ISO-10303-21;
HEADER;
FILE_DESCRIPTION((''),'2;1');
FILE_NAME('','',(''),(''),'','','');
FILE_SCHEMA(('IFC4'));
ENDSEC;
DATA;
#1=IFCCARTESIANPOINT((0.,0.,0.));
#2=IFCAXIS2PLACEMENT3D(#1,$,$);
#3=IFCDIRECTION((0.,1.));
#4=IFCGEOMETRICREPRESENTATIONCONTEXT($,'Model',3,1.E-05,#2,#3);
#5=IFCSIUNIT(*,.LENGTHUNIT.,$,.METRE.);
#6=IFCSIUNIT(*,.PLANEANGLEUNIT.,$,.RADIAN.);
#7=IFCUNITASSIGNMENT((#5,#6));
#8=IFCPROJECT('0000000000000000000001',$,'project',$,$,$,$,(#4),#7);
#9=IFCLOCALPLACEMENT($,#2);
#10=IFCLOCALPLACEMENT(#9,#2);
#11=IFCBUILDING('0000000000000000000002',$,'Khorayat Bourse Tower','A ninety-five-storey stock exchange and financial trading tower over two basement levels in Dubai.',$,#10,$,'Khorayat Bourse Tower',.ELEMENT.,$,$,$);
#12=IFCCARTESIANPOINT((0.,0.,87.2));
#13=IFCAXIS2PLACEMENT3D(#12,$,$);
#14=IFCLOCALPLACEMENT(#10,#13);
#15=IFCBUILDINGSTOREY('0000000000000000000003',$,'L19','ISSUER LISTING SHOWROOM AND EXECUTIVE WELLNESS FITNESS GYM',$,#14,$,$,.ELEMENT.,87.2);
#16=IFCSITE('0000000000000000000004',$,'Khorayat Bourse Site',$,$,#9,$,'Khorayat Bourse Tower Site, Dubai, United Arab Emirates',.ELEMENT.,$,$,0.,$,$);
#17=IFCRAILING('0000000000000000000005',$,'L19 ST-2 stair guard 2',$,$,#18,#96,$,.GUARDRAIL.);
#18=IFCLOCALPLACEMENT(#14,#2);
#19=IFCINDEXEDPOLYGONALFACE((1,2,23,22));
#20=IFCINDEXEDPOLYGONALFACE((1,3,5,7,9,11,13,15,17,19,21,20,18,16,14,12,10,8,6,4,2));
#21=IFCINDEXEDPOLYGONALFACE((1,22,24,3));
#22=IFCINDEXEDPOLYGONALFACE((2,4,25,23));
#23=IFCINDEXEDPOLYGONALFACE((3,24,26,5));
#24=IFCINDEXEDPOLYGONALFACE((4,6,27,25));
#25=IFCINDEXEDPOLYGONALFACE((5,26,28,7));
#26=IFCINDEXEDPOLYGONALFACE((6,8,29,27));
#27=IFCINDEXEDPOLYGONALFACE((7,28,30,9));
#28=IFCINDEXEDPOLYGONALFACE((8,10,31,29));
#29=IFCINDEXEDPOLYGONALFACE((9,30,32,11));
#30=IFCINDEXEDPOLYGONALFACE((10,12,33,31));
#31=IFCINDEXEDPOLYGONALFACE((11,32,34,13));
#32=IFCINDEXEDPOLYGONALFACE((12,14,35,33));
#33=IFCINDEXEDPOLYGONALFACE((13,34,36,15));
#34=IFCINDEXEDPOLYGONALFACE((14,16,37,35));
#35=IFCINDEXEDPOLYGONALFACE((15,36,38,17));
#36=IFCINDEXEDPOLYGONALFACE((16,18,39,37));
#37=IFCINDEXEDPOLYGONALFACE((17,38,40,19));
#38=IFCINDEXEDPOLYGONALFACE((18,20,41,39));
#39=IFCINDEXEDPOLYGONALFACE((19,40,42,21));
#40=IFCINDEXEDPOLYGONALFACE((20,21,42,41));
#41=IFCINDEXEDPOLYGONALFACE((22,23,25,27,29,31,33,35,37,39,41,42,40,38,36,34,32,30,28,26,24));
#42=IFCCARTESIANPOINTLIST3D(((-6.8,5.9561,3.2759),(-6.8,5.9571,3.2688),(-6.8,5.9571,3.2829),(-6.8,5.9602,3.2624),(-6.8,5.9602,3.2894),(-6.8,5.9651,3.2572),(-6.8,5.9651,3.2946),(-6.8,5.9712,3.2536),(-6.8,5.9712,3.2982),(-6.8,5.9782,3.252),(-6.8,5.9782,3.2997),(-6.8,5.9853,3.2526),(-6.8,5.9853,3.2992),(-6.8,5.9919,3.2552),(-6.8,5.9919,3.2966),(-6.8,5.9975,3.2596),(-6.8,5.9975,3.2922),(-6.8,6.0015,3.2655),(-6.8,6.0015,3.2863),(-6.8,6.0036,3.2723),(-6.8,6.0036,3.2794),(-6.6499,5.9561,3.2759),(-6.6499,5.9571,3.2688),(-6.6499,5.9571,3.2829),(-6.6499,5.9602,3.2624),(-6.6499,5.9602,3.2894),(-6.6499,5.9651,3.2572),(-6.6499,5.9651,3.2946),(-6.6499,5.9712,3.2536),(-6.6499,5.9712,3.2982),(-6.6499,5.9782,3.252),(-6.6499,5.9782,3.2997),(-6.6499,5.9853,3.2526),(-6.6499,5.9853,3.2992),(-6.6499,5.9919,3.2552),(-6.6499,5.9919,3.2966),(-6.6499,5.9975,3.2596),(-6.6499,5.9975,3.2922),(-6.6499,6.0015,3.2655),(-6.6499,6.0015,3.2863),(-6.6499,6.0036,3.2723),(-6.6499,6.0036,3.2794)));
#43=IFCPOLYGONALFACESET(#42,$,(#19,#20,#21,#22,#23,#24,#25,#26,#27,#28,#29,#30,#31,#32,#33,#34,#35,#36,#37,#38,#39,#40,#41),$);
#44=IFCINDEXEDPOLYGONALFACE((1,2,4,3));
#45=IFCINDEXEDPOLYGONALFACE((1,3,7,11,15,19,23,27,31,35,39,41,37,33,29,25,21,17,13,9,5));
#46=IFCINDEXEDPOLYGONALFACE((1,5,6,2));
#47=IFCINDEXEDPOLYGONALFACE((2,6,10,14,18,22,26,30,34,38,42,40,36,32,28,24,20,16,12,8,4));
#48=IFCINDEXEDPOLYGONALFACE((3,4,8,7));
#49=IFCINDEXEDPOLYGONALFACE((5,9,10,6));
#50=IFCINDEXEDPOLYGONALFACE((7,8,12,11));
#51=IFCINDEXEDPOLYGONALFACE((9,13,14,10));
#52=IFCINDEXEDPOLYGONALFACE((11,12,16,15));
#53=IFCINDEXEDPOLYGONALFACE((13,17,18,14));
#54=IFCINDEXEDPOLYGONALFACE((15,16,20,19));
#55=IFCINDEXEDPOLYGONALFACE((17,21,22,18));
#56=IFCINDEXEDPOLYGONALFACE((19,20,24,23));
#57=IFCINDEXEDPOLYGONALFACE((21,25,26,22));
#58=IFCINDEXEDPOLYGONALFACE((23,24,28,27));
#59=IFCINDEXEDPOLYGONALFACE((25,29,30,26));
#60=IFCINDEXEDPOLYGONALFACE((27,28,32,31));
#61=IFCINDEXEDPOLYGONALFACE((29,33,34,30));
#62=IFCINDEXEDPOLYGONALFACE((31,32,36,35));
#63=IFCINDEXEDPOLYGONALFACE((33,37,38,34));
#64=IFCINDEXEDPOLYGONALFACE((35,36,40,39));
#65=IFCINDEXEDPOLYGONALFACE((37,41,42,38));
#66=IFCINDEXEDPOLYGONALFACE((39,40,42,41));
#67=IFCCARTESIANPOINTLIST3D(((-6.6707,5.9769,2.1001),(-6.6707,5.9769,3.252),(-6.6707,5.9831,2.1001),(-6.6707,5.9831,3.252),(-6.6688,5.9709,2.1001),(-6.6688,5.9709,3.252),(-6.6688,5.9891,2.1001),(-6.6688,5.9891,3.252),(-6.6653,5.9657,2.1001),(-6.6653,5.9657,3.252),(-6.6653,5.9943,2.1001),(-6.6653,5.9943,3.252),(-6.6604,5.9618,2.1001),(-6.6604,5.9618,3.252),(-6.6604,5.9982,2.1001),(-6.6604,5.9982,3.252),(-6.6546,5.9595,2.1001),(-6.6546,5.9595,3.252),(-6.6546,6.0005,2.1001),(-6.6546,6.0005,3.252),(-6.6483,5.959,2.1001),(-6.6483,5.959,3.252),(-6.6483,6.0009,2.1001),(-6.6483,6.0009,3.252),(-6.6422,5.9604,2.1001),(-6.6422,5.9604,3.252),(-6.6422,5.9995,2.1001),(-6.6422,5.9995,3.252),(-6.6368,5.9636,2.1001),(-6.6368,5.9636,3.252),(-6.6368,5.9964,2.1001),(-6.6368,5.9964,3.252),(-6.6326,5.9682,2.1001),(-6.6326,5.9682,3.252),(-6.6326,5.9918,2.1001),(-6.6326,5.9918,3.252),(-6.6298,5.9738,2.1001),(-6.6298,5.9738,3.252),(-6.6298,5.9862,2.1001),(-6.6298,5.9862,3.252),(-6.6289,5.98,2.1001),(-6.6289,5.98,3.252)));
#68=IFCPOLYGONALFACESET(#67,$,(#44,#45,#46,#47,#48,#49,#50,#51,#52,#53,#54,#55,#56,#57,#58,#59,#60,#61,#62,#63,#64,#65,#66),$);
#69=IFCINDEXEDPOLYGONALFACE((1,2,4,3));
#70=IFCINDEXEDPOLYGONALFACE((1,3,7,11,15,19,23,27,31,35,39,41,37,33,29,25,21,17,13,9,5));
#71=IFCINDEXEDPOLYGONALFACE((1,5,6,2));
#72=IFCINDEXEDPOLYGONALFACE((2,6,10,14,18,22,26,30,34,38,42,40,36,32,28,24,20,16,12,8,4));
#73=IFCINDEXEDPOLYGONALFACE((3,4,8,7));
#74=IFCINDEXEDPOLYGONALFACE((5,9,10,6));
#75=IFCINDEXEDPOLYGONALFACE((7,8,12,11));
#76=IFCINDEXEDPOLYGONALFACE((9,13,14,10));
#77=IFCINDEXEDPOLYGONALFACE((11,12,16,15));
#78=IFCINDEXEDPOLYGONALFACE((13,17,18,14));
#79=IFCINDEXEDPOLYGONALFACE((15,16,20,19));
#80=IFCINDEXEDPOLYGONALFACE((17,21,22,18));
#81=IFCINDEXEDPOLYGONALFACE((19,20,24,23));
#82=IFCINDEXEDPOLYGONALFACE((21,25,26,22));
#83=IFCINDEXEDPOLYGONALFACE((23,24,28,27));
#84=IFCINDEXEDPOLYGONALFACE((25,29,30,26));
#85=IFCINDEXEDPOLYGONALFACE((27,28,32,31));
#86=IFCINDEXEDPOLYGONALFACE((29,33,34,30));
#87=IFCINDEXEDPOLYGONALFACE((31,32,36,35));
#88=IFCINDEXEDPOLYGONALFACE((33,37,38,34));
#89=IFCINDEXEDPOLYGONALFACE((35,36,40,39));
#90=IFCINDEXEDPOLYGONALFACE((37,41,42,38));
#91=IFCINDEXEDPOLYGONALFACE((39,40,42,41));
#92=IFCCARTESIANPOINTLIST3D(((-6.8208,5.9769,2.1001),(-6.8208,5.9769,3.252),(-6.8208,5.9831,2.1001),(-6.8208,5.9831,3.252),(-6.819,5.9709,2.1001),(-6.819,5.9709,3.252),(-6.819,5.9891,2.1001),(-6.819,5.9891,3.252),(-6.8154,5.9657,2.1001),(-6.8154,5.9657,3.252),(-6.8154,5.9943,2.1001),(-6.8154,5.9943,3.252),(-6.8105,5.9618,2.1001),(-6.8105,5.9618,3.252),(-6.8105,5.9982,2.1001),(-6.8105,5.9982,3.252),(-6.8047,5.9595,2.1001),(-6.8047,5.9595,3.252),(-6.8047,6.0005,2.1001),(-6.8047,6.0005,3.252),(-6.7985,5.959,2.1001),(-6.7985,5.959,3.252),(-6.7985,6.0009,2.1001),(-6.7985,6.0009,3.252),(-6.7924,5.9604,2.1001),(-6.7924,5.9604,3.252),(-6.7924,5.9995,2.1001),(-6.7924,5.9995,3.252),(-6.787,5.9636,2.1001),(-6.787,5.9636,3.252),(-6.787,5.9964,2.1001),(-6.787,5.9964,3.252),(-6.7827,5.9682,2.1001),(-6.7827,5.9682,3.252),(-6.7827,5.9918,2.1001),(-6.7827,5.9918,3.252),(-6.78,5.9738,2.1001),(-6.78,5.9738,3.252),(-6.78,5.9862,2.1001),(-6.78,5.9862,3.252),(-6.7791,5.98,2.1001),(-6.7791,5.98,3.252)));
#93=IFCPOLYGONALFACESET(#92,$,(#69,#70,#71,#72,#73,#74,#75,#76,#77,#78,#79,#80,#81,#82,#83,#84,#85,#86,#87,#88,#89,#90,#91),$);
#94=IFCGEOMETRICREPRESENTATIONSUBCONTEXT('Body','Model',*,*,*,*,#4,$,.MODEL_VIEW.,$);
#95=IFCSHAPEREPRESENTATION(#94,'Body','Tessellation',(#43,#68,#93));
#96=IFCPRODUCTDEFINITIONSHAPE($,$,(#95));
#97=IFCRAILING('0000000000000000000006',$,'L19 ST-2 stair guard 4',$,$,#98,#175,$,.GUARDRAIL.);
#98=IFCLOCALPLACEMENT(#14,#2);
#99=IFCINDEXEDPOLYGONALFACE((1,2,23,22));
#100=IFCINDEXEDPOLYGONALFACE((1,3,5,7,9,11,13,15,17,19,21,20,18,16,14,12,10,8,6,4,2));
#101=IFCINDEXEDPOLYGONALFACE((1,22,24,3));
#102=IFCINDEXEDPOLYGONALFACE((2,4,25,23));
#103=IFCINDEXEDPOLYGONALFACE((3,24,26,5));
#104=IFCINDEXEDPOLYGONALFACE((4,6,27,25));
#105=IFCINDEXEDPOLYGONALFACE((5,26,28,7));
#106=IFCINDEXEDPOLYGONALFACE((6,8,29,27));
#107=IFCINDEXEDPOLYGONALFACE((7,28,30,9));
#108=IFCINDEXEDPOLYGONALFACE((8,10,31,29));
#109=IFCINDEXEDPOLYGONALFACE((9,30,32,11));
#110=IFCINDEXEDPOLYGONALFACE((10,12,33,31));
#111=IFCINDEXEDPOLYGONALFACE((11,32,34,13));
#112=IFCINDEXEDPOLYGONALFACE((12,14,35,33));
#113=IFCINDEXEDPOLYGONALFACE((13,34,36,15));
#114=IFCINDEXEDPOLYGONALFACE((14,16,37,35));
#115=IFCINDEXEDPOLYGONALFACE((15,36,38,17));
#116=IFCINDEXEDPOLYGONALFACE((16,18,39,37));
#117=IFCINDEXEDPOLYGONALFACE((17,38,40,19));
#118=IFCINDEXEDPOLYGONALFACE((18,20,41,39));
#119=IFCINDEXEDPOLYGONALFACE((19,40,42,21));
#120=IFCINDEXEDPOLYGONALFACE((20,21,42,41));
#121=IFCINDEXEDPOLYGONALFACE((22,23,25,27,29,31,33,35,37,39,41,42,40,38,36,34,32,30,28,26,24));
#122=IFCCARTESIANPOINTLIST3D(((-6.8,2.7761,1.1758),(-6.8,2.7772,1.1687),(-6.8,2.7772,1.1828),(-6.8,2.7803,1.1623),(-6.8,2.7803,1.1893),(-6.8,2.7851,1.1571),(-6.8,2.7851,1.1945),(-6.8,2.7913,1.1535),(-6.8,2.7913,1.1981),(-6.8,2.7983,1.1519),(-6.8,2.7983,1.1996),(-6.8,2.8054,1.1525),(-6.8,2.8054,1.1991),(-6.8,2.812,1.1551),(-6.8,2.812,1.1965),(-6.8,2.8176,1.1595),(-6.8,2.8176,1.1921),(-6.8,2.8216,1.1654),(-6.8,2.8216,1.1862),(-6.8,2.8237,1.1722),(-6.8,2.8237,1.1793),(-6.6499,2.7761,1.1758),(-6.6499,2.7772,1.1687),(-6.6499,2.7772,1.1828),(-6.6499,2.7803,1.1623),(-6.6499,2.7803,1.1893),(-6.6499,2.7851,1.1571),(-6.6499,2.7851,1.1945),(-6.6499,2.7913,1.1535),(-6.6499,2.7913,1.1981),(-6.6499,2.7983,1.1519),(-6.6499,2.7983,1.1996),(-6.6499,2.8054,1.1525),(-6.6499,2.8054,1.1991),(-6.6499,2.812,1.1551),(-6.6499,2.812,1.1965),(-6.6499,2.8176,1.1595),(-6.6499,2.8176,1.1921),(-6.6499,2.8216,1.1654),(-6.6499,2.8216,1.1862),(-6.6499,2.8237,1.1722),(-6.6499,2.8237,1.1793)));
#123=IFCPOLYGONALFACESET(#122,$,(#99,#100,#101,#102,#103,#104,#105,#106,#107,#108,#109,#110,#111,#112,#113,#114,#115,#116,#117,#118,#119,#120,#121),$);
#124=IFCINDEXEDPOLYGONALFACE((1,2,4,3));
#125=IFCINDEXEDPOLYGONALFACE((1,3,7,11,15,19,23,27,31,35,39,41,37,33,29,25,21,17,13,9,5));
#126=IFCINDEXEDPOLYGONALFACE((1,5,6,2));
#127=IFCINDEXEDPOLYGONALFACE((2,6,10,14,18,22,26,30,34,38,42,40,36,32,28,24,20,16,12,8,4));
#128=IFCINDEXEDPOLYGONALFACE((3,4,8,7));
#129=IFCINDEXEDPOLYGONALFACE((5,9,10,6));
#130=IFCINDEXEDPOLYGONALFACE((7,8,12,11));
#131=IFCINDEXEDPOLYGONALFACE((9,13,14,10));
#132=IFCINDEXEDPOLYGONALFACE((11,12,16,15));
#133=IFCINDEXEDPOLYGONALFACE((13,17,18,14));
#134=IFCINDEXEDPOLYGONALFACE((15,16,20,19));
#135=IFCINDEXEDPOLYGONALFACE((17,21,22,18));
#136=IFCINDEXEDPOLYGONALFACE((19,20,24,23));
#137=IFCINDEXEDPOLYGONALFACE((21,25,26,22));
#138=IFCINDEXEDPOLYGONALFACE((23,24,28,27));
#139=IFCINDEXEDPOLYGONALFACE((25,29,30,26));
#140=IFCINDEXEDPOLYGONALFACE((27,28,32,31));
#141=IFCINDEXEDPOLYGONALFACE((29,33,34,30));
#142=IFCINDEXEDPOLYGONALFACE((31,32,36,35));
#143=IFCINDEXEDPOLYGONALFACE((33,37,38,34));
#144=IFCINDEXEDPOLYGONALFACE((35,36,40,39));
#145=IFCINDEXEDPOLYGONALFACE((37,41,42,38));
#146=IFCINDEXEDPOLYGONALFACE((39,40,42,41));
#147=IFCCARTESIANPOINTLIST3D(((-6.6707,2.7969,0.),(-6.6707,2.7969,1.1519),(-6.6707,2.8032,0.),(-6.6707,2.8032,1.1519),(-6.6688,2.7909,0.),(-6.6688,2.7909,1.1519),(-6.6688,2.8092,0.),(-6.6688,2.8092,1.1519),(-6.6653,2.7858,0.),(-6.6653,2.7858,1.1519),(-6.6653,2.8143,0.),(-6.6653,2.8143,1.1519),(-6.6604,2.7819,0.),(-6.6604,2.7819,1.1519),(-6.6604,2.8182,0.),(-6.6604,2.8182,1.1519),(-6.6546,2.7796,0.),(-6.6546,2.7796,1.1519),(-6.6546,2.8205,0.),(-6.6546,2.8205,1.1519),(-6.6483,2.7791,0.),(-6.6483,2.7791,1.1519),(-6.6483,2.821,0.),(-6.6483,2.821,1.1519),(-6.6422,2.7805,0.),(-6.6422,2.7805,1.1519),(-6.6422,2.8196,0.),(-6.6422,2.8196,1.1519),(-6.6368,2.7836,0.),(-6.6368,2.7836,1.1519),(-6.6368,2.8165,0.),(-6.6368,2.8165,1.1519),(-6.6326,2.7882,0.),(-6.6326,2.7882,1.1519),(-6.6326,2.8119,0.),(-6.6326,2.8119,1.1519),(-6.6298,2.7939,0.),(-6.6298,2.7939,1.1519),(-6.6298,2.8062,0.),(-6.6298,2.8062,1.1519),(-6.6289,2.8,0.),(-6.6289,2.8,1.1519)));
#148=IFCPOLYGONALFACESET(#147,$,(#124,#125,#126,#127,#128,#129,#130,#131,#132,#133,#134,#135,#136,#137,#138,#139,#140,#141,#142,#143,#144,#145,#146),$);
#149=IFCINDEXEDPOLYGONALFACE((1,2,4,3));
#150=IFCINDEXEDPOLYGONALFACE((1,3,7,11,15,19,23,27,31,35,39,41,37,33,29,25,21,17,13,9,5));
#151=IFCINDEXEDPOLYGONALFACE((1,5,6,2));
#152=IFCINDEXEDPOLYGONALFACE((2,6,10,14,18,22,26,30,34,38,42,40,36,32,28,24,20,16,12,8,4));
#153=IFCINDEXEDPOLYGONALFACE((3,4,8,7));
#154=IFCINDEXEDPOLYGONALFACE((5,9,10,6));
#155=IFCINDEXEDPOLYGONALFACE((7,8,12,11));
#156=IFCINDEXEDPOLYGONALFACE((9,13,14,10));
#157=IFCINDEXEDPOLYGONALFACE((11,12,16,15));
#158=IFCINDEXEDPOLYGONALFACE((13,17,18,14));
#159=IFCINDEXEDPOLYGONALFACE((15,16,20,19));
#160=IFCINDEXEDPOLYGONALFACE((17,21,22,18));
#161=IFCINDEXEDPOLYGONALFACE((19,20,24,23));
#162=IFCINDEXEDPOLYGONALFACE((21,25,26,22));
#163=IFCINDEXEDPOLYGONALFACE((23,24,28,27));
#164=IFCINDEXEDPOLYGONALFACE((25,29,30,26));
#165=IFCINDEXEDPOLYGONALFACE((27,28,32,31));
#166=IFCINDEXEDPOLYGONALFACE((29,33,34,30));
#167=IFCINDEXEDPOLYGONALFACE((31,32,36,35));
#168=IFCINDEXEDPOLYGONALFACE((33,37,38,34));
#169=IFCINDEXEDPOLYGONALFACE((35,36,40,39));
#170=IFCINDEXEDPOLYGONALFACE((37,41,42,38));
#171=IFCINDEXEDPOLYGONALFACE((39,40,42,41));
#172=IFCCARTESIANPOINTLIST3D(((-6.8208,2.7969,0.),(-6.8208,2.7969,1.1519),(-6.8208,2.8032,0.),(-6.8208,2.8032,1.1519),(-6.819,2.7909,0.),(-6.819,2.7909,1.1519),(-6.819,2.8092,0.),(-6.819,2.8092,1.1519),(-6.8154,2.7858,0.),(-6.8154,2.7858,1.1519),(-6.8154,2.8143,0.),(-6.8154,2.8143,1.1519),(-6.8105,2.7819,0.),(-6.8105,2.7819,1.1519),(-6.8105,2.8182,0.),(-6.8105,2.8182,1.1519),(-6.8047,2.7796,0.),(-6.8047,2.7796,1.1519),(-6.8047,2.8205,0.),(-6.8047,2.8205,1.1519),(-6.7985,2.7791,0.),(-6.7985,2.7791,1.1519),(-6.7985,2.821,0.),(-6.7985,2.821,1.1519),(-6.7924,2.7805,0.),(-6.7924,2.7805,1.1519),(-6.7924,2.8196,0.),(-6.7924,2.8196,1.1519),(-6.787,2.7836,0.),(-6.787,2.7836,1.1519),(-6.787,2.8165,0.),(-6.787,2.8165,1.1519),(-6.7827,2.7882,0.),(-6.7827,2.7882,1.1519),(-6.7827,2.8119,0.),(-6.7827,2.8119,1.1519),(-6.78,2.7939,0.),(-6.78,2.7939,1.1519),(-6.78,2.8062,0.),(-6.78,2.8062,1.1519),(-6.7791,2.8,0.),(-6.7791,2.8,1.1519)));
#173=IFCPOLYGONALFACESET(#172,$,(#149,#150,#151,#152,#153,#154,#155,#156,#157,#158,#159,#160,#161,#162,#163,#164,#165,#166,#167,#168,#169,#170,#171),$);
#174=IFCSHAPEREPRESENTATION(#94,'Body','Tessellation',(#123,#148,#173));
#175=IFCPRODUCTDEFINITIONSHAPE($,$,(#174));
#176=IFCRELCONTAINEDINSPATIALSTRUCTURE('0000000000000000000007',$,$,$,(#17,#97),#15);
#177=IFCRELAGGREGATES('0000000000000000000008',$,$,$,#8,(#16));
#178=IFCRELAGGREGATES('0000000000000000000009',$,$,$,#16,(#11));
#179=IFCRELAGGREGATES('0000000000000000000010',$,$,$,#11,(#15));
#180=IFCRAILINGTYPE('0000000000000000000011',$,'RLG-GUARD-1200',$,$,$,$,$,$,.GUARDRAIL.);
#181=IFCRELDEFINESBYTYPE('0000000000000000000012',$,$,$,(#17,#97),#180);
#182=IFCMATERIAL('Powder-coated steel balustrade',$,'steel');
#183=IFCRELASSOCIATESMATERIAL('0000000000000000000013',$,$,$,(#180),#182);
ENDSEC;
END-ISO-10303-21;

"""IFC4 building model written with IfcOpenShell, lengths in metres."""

from ifc_helpers import new_model, si_unit, direction, frame, origin, origin_2d, place, context, subcontext, project, spatial, circle, extrude, source, transform, mapped, material, type_object, element, save


model = new_model("IFC4")

# Units and contexts
model_context = context("Model", 3, precision=1e-05, world=origin(), true_north=direction((0.0, 1.0)))
body_context = subcontext(model_context, "Body", "Model", "MODEL_VIEW")
ifc_project = project(units=[si_unit("LENGTHUNIT", "METRE"), si_unit("PLANEANGLEUNIT", "RADIAN")], contexts=[model_context])

# Site, building, storey
site_placement = place(None, origin())
site = spatial("IfcSite", under=ifc_project, at=site_placement, Name="Khorayat Bourse Site", LongName="Khorayat Bourse Tower Site, Dubai, United Arab Emirates", CompositionType="ELEMENT", RefElevation=0.0)
building_placement = place(site_placement, origin())
building = spatial("IfcBuilding", under=site, at=building_placement, Name="Khorayat Bourse Tower", Description="A ninety-five-storey stock exchange and financial trading tower over two basement levels in Dubai.", LongName="Khorayat Bourse Tower", CompositionType="ELEMENT")
storey_placement = place(building_placement, frame((0.0, 0.0, 87.2)))
storey = spatial("IfcBuildingStorey", under=building, at=storey_placement, Name="L19", Description="ISSUER LISTING SHOWROOM AND EXECUTIVE WELLNESS FITNESS GYM", CompositionType="ELEMENT", Elevation=87.2)

# Railings
ifc_material_1 = material(Name="Powder-coated steel balustrade", Category="steel")
railing_type_1 = type_object("IfcRailingType", Name="RLG-GUARD-1200", PredefinedType="GUARDRAIL", material=ifc_material_1)
shared_shape_1 = source(origin(), body_context, "Body", "SweptSolid", [
    extrude(circle(Radius=0.0239, at=origin_2d()), frame((0.0, 0.0, 1.1758), z_axis=(-1.0, 0.0, 0.0), x_axis=(0.0, -1.0, 0.0)), (0.0, 0.0, 1.0), 0.1501),
    extrude(circle(Radius=0.021, at=origin_2d()), origin(), (0.0, 0.0, 1.0), 1.1519),
    extrude(circle(Radius=0.021, at=origin_2d()), frame((-0.1501, 0.0, 0.0)), (0.0, 0.0, 1.0), 1.1519),
])
for number, where, name in (
    (1, (-6.6499, 5.98, 2.1001), "L19 ST-2 stair guard 2"),
    (2, (-6.6499, 2.8, 0.0), "L19 ST-2 stair guard 4"),
):
    element("IfcRailing", number, at=place(storey_placement, frame(where)), inside=storey, type_object=railing_type_1, Name=name, PredefinedType="GUARDRAIL", context=body_context, shape_type="MappedRepresentation", body=[
        mapped(shared_shape_1, transform((0.0, 0.0, 0.0), scale=1.0)),
    ])

save(model, "model.ifc")
